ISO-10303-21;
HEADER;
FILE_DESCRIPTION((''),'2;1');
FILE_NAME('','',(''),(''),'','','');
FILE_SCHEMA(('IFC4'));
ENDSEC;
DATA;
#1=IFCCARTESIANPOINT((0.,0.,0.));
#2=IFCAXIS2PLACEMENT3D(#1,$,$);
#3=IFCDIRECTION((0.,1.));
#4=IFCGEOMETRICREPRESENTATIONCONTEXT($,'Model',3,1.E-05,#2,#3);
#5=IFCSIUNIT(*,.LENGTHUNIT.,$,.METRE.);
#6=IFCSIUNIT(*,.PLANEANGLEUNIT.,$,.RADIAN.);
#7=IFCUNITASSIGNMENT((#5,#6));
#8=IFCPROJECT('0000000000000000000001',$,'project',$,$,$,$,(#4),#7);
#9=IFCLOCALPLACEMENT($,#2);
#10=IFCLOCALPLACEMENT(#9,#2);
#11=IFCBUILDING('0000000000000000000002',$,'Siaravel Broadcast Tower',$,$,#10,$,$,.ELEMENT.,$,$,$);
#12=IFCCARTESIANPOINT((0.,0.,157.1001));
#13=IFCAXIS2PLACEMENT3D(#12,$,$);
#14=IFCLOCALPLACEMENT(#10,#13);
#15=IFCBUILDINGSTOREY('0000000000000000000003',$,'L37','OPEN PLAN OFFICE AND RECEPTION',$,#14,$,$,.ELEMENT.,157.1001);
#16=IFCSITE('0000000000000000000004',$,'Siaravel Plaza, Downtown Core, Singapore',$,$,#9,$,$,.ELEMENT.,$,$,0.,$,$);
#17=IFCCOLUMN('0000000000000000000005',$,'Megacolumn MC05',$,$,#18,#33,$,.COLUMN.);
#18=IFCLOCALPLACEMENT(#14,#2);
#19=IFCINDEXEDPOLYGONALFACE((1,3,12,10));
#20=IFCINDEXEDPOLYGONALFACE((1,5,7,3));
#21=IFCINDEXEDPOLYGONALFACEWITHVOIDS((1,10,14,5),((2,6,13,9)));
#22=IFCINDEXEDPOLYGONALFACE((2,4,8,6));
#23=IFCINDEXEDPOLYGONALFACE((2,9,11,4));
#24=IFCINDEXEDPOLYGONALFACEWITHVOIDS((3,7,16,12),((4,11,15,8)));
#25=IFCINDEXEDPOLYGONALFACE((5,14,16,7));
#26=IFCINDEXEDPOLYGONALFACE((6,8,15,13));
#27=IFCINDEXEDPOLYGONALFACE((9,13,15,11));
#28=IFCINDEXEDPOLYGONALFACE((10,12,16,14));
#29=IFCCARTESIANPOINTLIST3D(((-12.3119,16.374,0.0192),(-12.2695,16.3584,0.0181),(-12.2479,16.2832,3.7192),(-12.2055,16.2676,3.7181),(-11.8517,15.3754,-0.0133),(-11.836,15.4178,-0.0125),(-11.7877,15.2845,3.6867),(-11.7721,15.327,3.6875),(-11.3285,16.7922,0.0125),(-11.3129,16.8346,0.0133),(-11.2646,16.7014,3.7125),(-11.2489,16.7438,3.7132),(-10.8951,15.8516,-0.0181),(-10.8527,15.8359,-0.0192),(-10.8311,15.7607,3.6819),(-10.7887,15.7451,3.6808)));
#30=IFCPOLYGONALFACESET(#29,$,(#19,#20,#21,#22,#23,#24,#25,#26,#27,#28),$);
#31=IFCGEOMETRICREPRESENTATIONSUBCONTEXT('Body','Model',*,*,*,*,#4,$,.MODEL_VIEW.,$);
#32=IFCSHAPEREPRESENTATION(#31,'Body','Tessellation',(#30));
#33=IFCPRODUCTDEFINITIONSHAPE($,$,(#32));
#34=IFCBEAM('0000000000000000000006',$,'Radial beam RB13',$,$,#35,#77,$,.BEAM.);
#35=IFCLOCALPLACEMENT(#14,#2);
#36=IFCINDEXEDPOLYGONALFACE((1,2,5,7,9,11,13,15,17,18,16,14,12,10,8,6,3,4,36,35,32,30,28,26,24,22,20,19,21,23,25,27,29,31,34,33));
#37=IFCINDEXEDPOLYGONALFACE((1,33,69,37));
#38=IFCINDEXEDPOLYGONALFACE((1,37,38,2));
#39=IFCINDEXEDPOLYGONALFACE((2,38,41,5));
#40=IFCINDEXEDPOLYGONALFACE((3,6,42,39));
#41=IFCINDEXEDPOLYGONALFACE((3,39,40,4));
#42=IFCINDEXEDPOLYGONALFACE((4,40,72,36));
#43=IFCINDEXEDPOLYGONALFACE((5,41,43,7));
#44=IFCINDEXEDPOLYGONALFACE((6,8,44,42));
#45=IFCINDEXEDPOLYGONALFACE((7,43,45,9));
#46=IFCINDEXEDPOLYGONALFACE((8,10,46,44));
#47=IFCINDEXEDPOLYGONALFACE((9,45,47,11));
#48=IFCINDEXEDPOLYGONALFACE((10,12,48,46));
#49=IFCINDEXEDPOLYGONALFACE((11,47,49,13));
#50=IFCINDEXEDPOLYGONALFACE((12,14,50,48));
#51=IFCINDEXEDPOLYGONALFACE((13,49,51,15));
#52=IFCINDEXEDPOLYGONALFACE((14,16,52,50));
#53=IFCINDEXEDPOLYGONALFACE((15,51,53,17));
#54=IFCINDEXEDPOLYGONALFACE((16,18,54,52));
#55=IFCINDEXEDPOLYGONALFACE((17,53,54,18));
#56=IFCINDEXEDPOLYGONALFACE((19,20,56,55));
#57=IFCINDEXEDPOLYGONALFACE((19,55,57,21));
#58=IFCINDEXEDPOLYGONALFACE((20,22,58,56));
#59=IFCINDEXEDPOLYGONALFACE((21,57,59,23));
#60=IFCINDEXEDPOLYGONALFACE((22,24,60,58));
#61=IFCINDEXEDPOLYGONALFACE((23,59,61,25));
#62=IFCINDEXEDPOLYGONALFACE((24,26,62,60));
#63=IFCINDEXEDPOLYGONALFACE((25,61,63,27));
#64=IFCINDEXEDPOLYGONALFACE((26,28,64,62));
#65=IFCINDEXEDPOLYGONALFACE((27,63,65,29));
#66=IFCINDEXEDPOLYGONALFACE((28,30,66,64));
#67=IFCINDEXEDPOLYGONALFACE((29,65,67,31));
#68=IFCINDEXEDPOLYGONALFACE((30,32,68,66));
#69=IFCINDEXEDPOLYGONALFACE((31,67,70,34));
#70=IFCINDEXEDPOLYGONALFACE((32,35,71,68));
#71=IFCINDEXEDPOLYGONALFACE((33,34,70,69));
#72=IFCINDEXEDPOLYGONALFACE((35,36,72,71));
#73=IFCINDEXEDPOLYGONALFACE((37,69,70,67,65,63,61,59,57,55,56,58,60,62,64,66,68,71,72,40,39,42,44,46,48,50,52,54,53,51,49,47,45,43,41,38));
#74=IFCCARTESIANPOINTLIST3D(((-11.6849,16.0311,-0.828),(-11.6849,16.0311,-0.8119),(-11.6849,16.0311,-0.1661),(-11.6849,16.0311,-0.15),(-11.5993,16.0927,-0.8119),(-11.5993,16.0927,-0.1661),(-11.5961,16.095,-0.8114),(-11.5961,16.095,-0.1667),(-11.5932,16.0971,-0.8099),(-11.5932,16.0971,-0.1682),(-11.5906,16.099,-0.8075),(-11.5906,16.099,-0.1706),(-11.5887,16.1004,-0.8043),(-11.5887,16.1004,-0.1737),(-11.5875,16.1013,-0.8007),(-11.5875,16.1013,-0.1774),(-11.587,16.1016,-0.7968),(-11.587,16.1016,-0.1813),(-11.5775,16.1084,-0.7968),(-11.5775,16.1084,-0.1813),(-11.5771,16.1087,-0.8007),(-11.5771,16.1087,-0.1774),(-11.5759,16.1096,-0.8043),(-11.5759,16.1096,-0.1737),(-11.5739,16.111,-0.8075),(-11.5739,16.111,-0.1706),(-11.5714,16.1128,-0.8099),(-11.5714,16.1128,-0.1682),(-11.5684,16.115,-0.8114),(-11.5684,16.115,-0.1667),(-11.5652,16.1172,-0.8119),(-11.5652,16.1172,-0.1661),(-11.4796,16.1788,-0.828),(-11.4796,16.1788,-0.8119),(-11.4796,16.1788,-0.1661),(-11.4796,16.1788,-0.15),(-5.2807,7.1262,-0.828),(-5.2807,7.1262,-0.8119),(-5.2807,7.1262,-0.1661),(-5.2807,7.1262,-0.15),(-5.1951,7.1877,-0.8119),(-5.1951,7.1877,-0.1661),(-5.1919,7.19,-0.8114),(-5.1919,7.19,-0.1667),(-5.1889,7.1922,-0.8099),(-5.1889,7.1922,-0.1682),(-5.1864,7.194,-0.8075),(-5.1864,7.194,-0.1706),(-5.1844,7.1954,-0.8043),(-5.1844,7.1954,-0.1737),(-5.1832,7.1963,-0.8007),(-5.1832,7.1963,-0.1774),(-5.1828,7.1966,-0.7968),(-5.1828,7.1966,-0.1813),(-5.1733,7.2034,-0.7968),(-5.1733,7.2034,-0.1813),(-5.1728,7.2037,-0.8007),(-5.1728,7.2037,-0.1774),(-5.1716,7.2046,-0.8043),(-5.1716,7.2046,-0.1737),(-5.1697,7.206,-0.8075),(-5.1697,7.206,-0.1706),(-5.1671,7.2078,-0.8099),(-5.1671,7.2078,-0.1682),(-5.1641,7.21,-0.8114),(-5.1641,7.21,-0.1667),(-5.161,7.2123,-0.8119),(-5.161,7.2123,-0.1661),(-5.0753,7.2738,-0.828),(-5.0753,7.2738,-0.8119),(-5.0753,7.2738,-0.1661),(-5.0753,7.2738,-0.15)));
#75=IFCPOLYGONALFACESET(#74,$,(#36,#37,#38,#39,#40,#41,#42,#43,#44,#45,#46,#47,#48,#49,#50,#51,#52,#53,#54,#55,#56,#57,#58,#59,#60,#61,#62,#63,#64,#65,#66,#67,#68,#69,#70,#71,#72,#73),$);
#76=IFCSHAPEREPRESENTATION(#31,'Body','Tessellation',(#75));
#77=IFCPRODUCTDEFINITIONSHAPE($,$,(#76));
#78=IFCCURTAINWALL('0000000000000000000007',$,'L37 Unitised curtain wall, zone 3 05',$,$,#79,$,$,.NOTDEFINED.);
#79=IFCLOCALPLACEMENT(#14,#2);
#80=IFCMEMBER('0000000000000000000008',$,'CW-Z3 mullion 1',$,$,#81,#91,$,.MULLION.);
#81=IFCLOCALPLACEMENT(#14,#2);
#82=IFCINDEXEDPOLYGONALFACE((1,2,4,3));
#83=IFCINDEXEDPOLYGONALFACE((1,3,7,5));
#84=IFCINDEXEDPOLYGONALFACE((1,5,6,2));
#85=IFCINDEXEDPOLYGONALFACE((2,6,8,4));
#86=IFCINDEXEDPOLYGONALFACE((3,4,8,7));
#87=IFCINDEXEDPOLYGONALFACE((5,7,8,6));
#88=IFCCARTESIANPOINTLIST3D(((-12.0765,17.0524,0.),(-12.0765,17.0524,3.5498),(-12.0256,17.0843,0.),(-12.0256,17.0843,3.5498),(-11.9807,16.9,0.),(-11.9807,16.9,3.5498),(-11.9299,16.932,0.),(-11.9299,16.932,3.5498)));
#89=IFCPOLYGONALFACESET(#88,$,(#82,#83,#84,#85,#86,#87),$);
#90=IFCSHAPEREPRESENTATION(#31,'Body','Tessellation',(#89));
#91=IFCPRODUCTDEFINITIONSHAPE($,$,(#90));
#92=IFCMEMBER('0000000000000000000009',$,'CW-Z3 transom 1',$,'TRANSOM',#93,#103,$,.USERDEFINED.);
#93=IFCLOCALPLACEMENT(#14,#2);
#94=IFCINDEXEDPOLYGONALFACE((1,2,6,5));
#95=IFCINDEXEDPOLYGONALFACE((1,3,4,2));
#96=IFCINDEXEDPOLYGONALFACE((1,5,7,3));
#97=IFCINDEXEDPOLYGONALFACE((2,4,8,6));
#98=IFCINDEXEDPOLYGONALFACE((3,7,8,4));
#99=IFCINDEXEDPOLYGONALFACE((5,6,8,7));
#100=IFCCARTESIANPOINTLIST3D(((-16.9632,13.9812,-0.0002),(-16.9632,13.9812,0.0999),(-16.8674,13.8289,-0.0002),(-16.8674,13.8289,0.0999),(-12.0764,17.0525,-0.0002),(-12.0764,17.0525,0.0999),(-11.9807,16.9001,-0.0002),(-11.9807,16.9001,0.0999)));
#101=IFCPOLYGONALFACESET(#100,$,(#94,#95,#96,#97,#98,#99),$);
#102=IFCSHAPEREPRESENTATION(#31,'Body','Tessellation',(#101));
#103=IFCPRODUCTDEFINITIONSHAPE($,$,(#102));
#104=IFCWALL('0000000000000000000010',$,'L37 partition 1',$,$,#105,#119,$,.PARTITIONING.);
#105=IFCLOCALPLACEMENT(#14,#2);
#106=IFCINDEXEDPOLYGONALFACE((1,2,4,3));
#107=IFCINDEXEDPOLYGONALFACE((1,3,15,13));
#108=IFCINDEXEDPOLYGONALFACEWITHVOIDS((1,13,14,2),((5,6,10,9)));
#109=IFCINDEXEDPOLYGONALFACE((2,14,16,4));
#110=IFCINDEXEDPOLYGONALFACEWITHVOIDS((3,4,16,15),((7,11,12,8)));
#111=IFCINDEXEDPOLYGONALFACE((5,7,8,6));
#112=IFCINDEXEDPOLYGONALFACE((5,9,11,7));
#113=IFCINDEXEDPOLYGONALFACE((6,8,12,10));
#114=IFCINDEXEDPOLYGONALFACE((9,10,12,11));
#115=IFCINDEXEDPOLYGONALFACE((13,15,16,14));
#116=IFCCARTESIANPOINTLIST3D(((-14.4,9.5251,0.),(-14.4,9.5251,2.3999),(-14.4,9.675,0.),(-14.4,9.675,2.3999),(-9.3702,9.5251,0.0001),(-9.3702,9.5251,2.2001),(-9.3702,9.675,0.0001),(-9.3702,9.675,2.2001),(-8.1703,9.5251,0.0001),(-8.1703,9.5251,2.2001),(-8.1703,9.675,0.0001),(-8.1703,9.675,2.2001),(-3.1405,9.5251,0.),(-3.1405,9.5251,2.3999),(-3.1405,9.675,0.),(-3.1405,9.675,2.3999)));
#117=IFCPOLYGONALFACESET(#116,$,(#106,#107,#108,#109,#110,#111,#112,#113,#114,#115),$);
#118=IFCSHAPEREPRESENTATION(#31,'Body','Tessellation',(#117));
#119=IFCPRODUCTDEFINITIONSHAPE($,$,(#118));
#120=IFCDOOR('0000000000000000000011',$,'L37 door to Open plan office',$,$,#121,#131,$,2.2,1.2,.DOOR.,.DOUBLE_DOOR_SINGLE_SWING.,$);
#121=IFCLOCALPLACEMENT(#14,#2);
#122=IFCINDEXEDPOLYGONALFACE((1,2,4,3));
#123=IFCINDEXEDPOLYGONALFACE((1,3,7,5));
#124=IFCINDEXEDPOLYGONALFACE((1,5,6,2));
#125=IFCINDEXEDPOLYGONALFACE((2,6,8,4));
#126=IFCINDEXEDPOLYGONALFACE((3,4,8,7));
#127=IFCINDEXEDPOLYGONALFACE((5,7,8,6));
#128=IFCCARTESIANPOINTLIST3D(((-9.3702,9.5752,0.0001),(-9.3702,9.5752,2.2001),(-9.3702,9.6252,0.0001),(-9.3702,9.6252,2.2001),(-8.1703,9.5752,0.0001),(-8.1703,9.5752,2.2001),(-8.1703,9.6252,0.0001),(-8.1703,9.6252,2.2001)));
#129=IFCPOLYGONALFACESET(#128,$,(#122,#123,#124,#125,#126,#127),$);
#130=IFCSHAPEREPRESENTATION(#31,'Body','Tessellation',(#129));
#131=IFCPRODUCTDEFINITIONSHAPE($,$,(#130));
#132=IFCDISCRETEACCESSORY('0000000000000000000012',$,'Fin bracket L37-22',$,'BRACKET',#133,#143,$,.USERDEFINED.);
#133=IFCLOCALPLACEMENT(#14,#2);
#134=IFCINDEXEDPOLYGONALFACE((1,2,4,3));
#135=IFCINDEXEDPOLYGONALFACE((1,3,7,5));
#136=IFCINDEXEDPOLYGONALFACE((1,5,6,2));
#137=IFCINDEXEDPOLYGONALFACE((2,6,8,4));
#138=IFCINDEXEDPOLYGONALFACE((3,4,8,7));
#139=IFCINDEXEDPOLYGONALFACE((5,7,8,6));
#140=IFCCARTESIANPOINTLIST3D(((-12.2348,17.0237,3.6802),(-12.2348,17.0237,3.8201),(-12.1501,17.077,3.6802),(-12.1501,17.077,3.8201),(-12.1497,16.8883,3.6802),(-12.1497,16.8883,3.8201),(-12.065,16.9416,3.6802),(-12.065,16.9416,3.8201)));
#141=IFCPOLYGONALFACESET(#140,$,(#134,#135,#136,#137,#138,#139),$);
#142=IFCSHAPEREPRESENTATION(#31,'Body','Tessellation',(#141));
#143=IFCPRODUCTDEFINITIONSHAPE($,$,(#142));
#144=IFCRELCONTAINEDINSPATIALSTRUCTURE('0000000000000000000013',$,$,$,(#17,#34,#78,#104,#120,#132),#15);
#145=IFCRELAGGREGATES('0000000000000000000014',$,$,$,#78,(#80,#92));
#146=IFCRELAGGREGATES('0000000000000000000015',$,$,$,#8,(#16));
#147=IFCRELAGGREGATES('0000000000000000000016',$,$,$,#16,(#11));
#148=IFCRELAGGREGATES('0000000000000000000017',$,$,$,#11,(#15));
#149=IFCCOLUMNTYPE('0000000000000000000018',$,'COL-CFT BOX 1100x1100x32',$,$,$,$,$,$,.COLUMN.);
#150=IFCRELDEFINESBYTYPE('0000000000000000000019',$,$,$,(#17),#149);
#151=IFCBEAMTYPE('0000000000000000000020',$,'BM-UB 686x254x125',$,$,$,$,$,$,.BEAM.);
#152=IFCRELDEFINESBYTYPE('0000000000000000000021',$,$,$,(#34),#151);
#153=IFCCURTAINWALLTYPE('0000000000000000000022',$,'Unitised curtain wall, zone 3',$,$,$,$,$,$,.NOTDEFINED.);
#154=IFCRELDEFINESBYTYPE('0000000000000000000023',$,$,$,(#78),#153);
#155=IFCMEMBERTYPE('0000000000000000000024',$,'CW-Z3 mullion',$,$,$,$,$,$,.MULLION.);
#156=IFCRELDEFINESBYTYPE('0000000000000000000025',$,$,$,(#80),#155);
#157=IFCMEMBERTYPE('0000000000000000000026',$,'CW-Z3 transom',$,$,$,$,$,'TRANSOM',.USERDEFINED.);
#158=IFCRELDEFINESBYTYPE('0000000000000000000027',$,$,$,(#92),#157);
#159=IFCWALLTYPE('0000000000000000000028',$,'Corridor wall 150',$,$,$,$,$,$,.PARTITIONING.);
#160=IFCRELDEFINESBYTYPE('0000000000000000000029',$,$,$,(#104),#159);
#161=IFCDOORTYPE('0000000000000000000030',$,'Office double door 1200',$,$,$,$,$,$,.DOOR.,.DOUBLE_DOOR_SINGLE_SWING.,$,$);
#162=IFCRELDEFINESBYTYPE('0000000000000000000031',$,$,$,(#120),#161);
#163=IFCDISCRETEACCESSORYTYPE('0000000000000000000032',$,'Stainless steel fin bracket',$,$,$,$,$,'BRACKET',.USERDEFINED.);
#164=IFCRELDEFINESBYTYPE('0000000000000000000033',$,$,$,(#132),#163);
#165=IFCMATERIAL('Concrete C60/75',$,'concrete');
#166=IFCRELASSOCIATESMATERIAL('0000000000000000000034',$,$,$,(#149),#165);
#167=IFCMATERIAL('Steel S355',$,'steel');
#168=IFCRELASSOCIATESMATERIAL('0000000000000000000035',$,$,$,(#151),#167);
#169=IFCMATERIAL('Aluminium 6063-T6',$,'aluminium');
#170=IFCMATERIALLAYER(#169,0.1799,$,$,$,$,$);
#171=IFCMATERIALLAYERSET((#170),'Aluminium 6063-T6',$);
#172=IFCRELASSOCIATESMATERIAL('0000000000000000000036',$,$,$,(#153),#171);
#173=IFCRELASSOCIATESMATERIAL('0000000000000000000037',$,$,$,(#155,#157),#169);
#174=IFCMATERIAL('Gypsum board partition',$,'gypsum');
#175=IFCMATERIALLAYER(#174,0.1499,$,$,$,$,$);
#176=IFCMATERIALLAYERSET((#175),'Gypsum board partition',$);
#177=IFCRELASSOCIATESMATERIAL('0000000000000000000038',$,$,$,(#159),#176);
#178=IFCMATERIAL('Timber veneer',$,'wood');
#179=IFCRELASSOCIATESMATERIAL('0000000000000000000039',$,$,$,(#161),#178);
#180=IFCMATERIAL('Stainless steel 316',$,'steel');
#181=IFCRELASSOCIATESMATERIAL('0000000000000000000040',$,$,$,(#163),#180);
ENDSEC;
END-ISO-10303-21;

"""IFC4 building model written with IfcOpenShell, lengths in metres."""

from ifc_helpers import new_model, si_unit, direction, frame, frame_2d, origin, origin_2d, place, context, subcontext, project, spatial, rectangle, hollow_rectangle, i_section, extrude, material, layer, layer_set, material_profile, profile_set, type_object, element, fill, aggregate, save


model = new_model("IFC4")

# Units and contexts
model_context = context("Model", 3, precision=1e-05, world=origin(), true_north=direction((0.0, 1.0)))
body_context = subcontext(model_context, "Body", "Model", "MODEL_VIEW")
ifc_project = project(units=[si_unit("LENGTHUNIT", "METRE"), si_unit("PLANEANGLEUNIT", "RADIAN")], contexts=[model_context])

# Site, building, storey
site_placement = place(None, origin())
site = spatial("IfcSite", under=ifc_project, at=site_placement, Name="Siaravel Plaza, Downtown Core, Singapore", CompositionType="ELEMENT", RefElevation=0.0)
building_placement = place(site_placement, origin())
building = spatial("IfcBuilding", under=site, at=building_placement, Name="Siaravel Broadcast Tower", CompositionType="ELEMENT")
storey_placement = place(building_placement, frame((0.0, 0.0, 157.1001)))
storey = spatial("IfcBuildingStorey", under=building, at=storey_placement, Name="L37", Description="OPEN PLAN OFFICE AND RECEPTION", CompositionType="ELEMENT", Elevation=157.1001)

# Column
ifc_material_1 = material(Name="Concrete C60/75", Category="concrete")
ifc_material_profile_1 = material_profile(ifc_material_1, hollow_rectangle(XDim=1.1001, YDim=1.1001, WallThickness=0.032, at=origin_2d()))
ifc_profile_set_1 = profile_set([ifc_material_profile_1], Name="Concrete C60/75")
column_type = type_object("IfcColumnType", Name="COL-CFT BOX 1100x1100x32", PredefinedType="COLUMN", material=ifc_profile_set_1)
column_placement = place(storey_placement, frame((-11.5823, 16.105, 0.0), z_axis=(0.01728, -0.024535, 0.99955), x_axis=(0.908132, 0.418648, -0.005424)))
element("IfcColumn", 1, at=column_placement, inside=storey, type_object=column_type, Name="Megacolumn MC05", PredefinedType="COLUMN", context=body_context, shape_type="SweptSolid", body=[
    extrude(hollow_rectangle(XDim=1.1001, YDim=1.1001, WallThickness=0.032, at=origin_2d()), origin(), (0.0, 0.0, 1.0), 3.7017),
])

# Beam
ifc_material_2 = material(Name="Steel S355", Category="steel")
ifc_material_profile_2 = material_profile(ifc_material_2, i_section(OverallWidth=0.2529, OverallDepth=0.678, WebThickness=0.0117, FlangeThickness=0.0161, FilletRadius=0.0151, at=origin_2d()))
ifc_profile_set_2 = profile_set([ifc_material_profile_2], Name="Steel S355")
beam_type = type_object("IfcBeamType", Name="BM-UB 686x254x125", PredefinedType="BEAM", material=ifc_profile_set_2)
beam_placement = place(storey_placement, frame((-11.5823, 16.105, -0.489), z_axis=(0.583865, -0.811851, 0.0), x_axis=(0.811851, 0.583865, 0.0)))
element("IfcBeam", 2, at=beam_placement, inside=storey, type_object=beam_type, Name="Radial beam RB13", PredefinedType="BEAM", context=body_context, shape_type="SweptSolid", body=[
    extrude(i_section(OverallWidth=0.2529, OverallDepth=0.678, WebThickness=0.0117, FlangeThickness=0.0161, FilletRadius=0.0151, at=origin_2d()), origin(), (0.0, 0.0, 1.0), 10.9688),
])

# Curtain wall, members
ifc_material_3 = material(Name="Aluminium 6063-T6", Category="aluminium")
ifc_layer_1 = layer(ifc_material_3, 0.1799)
ifc_layer_set_1 = layer_set([ifc_layer_1], Name="Aluminium 6063-T6")
curtain_wall_type = type_object("IfcCurtainWallType", Name="Unitised curtain wall, zone 3", PredefinedType="NOTDEFINED", material=ifc_layer_set_1)
curtain_wall_placement = place(storey_placement, origin())
curtain_wall = element("IfcCurtainWall", 3, at=curtain_wall_placement, inside=storey, type_object=curtain_wall_type, Name="L37 Unitised curtain wall, zone 3 05", PredefinedType="NOTDEFINED")
ifc_material_profile_3 = material_profile(ifc_material_3, rectangle(XDim=0.1799, YDim=0.0601, at=origin_2d()))
ifc_profile_set_3 = profile_set([ifc_material_profile_3], Name="Aluminium 6063-T6")
member_type_1 = type_object("IfcMemberType", Name="CW-Z3 mullion", PredefinedType="MULLION", material=ifc_profile_set_3)
member_1_placement = place(storey_placement, frame((-12.0032, 16.9922, 0.0), z_axis=(0.0, 0.0, 1.0), x_axis=(0.53215, -0.84665, 0.0)))
member_1 = element("IfcMember", 4, at=member_1_placement, type_object=member_type_1, Name="CW-Z3 mullion 1", PredefinedType="MULLION", context=body_context, shape_type="SweptSolid", body=[
    extrude(rectangle(XDim=0.1799, YDim=0.0601, at=origin_2d()), origin(), (0.0, 0.0, 1.0), 3.5498),
])
ifc_material_profile_4 = material_profile(ifc_material_3, rectangle(XDim=0.1799, YDim=0.1001, at=origin_2d()))
ifc_profile_set_4 = profile_set([ifc_material_profile_4], Name="Aluminium 6063-T6")
member_type_2 = type_object("IfcMemberType", Name="CW-Z3 transom", ElementType="TRANSOM", PredefinedType="USERDEFINED", material=ifc_profile_set_4)
member_2_placement = place(storey_placement, frame((-12.0286, 16.9763, 0.0498), z_axis=(-0.846665, -0.532126, 0.0), x_axis=(0.532126, -0.846665, 0.0)))
member_2 = element("IfcMember", 5, at=member_2_placement, type_object=member_type_2, Name="CW-Z3 transom 1", ObjectType="TRANSOM", PredefinedType="USERDEFINED", context=body_context, shape_type="SweptSolid", body=[
    extrude(rectangle(XDim=0.1799, YDim=0.1001, at=origin_2d()), origin(), (0.0, 0.0, 1.0), 5.7717),
])
aggregate(curtain_wall, [member_1, member_2])

# Shared definitions
ifc_material_4 = material(Name="Timber veneer", Category="wood")

# Wall, opening, door
ifc_material_5 = material(Name="Gypsum board partition", Category="gypsum")
ifc_layer_2 = layer(ifc_material_5, 0.1499)
ifc_layer_set_2 = layer_set([ifc_layer_2], Name="Gypsum board partition")
wall_type_1 = type_object("IfcWallType", Name="Corridor wall 150", PredefinedType="PARTITIONING", material=ifc_layer_set_2)
wall_1_placement = place(storey_placement, frame((-3.1404, 9.6001, 0.0), z_axis=(0.0, 0.0, 1.0), x_axis=(-1.0, 0.0, 0.0)))
wall_1 = element("IfcWall", 6, at=wall_1_placement, inside=storey, type_object=wall_type_1, Name="L37 partition 1", PredefinedType="PARTITIONING", context=body_context, shape_type="SweptSolid", body=[
    extrude(rectangle(XDim=11.2595, YDim=0.1499, at=frame_2d((5.6299, 0.0))), origin(), (0.0, 0.0, 1.0), 2.3999),
])
opening_1_placement = place(wall_1_placement, frame((5.0298, 0.0, 0.0)))
opening_1 = element("IfcOpeningElement", 7, at=opening_1_placement, cuts=wall_1, PredefinedType="OPENING", context=body_context, shape_type="SweptSolid", body=[
    extrude(rectangle(XDim=1.2, YDim=2.2, at=frame_2d((0.6001, 1.1001))), frame((0.0, 0.085, 0.0), z_axis=(0.0, -1.0, 0.0), x_axis=(1.0, 0.0, 0.0)), (0.0, 0.0, 1.0), 0.1699),
])
door_type_1 = type_object("IfcDoorType", Name="Office double door 1200", OperationType="DOUBLE_DOOR_SINGLE_SWING", PredefinedType="DOOR", material=ifc_material_4)
door_1_placement = place(opening_1_placement, origin())
door_1 = element("IfcDoor", 8, at=door_1_placement, inside=storey, type_object=door_type_1, Name="L37 door to Open plan office", OperationType="DOUBLE_DOOR_SINGLE_SWING", OverallHeight=2.2, OverallWidth=1.2, PredefinedType="DOOR", context=body_context, shape_type="SweptSolid", body=[
    extrude(rectangle(XDim=1.2, YDim=2.2, at=frame_2d((0.6001, 1.1001))), frame((0.0, 0.0249, 0.0), z_axis=(0.0, -1.0, 0.0), x_axis=(1.0, 0.0, 0.0)), (0.0, 0.0, 1.0), 0.05),
])
fill(opening_1, door_1)

# Discrete accessory
ifc_material_6 = material(Name="Stainless steel 316", Category="steel")
discrete_accessory_type = type_object("IfcDiscreteAccessoryType", Name="Stainless steel fin bracket", ElementType="BRACKET", PredefinedType="USERDEFINED", material=ifc_material_6)
discrete_accessory_placement = place(storey_placement, frame((-12.1499, 16.9827, 3.6802), z_axis=(0.0, 0.0, 1.0), x_axis=(-0.532151, 0.84665, 0.0)))
element("IfcDiscreteAccessory", 9, at=discrete_accessory_placement, inside=storey, type_object=discrete_accessory_type, Name="Fin bracket L37-22", ObjectType="BRACKET", PredefinedType="USERDEFINED", context=body_context, shape_type="SweptSolid", body=[
    extrude(rectangle(XDim=0.1599, YDim=0.1001, at=origin_2d()), origin(), (0.0, 0.0, 1.0), 0.1399),
])

save(model, "model.ifc")
